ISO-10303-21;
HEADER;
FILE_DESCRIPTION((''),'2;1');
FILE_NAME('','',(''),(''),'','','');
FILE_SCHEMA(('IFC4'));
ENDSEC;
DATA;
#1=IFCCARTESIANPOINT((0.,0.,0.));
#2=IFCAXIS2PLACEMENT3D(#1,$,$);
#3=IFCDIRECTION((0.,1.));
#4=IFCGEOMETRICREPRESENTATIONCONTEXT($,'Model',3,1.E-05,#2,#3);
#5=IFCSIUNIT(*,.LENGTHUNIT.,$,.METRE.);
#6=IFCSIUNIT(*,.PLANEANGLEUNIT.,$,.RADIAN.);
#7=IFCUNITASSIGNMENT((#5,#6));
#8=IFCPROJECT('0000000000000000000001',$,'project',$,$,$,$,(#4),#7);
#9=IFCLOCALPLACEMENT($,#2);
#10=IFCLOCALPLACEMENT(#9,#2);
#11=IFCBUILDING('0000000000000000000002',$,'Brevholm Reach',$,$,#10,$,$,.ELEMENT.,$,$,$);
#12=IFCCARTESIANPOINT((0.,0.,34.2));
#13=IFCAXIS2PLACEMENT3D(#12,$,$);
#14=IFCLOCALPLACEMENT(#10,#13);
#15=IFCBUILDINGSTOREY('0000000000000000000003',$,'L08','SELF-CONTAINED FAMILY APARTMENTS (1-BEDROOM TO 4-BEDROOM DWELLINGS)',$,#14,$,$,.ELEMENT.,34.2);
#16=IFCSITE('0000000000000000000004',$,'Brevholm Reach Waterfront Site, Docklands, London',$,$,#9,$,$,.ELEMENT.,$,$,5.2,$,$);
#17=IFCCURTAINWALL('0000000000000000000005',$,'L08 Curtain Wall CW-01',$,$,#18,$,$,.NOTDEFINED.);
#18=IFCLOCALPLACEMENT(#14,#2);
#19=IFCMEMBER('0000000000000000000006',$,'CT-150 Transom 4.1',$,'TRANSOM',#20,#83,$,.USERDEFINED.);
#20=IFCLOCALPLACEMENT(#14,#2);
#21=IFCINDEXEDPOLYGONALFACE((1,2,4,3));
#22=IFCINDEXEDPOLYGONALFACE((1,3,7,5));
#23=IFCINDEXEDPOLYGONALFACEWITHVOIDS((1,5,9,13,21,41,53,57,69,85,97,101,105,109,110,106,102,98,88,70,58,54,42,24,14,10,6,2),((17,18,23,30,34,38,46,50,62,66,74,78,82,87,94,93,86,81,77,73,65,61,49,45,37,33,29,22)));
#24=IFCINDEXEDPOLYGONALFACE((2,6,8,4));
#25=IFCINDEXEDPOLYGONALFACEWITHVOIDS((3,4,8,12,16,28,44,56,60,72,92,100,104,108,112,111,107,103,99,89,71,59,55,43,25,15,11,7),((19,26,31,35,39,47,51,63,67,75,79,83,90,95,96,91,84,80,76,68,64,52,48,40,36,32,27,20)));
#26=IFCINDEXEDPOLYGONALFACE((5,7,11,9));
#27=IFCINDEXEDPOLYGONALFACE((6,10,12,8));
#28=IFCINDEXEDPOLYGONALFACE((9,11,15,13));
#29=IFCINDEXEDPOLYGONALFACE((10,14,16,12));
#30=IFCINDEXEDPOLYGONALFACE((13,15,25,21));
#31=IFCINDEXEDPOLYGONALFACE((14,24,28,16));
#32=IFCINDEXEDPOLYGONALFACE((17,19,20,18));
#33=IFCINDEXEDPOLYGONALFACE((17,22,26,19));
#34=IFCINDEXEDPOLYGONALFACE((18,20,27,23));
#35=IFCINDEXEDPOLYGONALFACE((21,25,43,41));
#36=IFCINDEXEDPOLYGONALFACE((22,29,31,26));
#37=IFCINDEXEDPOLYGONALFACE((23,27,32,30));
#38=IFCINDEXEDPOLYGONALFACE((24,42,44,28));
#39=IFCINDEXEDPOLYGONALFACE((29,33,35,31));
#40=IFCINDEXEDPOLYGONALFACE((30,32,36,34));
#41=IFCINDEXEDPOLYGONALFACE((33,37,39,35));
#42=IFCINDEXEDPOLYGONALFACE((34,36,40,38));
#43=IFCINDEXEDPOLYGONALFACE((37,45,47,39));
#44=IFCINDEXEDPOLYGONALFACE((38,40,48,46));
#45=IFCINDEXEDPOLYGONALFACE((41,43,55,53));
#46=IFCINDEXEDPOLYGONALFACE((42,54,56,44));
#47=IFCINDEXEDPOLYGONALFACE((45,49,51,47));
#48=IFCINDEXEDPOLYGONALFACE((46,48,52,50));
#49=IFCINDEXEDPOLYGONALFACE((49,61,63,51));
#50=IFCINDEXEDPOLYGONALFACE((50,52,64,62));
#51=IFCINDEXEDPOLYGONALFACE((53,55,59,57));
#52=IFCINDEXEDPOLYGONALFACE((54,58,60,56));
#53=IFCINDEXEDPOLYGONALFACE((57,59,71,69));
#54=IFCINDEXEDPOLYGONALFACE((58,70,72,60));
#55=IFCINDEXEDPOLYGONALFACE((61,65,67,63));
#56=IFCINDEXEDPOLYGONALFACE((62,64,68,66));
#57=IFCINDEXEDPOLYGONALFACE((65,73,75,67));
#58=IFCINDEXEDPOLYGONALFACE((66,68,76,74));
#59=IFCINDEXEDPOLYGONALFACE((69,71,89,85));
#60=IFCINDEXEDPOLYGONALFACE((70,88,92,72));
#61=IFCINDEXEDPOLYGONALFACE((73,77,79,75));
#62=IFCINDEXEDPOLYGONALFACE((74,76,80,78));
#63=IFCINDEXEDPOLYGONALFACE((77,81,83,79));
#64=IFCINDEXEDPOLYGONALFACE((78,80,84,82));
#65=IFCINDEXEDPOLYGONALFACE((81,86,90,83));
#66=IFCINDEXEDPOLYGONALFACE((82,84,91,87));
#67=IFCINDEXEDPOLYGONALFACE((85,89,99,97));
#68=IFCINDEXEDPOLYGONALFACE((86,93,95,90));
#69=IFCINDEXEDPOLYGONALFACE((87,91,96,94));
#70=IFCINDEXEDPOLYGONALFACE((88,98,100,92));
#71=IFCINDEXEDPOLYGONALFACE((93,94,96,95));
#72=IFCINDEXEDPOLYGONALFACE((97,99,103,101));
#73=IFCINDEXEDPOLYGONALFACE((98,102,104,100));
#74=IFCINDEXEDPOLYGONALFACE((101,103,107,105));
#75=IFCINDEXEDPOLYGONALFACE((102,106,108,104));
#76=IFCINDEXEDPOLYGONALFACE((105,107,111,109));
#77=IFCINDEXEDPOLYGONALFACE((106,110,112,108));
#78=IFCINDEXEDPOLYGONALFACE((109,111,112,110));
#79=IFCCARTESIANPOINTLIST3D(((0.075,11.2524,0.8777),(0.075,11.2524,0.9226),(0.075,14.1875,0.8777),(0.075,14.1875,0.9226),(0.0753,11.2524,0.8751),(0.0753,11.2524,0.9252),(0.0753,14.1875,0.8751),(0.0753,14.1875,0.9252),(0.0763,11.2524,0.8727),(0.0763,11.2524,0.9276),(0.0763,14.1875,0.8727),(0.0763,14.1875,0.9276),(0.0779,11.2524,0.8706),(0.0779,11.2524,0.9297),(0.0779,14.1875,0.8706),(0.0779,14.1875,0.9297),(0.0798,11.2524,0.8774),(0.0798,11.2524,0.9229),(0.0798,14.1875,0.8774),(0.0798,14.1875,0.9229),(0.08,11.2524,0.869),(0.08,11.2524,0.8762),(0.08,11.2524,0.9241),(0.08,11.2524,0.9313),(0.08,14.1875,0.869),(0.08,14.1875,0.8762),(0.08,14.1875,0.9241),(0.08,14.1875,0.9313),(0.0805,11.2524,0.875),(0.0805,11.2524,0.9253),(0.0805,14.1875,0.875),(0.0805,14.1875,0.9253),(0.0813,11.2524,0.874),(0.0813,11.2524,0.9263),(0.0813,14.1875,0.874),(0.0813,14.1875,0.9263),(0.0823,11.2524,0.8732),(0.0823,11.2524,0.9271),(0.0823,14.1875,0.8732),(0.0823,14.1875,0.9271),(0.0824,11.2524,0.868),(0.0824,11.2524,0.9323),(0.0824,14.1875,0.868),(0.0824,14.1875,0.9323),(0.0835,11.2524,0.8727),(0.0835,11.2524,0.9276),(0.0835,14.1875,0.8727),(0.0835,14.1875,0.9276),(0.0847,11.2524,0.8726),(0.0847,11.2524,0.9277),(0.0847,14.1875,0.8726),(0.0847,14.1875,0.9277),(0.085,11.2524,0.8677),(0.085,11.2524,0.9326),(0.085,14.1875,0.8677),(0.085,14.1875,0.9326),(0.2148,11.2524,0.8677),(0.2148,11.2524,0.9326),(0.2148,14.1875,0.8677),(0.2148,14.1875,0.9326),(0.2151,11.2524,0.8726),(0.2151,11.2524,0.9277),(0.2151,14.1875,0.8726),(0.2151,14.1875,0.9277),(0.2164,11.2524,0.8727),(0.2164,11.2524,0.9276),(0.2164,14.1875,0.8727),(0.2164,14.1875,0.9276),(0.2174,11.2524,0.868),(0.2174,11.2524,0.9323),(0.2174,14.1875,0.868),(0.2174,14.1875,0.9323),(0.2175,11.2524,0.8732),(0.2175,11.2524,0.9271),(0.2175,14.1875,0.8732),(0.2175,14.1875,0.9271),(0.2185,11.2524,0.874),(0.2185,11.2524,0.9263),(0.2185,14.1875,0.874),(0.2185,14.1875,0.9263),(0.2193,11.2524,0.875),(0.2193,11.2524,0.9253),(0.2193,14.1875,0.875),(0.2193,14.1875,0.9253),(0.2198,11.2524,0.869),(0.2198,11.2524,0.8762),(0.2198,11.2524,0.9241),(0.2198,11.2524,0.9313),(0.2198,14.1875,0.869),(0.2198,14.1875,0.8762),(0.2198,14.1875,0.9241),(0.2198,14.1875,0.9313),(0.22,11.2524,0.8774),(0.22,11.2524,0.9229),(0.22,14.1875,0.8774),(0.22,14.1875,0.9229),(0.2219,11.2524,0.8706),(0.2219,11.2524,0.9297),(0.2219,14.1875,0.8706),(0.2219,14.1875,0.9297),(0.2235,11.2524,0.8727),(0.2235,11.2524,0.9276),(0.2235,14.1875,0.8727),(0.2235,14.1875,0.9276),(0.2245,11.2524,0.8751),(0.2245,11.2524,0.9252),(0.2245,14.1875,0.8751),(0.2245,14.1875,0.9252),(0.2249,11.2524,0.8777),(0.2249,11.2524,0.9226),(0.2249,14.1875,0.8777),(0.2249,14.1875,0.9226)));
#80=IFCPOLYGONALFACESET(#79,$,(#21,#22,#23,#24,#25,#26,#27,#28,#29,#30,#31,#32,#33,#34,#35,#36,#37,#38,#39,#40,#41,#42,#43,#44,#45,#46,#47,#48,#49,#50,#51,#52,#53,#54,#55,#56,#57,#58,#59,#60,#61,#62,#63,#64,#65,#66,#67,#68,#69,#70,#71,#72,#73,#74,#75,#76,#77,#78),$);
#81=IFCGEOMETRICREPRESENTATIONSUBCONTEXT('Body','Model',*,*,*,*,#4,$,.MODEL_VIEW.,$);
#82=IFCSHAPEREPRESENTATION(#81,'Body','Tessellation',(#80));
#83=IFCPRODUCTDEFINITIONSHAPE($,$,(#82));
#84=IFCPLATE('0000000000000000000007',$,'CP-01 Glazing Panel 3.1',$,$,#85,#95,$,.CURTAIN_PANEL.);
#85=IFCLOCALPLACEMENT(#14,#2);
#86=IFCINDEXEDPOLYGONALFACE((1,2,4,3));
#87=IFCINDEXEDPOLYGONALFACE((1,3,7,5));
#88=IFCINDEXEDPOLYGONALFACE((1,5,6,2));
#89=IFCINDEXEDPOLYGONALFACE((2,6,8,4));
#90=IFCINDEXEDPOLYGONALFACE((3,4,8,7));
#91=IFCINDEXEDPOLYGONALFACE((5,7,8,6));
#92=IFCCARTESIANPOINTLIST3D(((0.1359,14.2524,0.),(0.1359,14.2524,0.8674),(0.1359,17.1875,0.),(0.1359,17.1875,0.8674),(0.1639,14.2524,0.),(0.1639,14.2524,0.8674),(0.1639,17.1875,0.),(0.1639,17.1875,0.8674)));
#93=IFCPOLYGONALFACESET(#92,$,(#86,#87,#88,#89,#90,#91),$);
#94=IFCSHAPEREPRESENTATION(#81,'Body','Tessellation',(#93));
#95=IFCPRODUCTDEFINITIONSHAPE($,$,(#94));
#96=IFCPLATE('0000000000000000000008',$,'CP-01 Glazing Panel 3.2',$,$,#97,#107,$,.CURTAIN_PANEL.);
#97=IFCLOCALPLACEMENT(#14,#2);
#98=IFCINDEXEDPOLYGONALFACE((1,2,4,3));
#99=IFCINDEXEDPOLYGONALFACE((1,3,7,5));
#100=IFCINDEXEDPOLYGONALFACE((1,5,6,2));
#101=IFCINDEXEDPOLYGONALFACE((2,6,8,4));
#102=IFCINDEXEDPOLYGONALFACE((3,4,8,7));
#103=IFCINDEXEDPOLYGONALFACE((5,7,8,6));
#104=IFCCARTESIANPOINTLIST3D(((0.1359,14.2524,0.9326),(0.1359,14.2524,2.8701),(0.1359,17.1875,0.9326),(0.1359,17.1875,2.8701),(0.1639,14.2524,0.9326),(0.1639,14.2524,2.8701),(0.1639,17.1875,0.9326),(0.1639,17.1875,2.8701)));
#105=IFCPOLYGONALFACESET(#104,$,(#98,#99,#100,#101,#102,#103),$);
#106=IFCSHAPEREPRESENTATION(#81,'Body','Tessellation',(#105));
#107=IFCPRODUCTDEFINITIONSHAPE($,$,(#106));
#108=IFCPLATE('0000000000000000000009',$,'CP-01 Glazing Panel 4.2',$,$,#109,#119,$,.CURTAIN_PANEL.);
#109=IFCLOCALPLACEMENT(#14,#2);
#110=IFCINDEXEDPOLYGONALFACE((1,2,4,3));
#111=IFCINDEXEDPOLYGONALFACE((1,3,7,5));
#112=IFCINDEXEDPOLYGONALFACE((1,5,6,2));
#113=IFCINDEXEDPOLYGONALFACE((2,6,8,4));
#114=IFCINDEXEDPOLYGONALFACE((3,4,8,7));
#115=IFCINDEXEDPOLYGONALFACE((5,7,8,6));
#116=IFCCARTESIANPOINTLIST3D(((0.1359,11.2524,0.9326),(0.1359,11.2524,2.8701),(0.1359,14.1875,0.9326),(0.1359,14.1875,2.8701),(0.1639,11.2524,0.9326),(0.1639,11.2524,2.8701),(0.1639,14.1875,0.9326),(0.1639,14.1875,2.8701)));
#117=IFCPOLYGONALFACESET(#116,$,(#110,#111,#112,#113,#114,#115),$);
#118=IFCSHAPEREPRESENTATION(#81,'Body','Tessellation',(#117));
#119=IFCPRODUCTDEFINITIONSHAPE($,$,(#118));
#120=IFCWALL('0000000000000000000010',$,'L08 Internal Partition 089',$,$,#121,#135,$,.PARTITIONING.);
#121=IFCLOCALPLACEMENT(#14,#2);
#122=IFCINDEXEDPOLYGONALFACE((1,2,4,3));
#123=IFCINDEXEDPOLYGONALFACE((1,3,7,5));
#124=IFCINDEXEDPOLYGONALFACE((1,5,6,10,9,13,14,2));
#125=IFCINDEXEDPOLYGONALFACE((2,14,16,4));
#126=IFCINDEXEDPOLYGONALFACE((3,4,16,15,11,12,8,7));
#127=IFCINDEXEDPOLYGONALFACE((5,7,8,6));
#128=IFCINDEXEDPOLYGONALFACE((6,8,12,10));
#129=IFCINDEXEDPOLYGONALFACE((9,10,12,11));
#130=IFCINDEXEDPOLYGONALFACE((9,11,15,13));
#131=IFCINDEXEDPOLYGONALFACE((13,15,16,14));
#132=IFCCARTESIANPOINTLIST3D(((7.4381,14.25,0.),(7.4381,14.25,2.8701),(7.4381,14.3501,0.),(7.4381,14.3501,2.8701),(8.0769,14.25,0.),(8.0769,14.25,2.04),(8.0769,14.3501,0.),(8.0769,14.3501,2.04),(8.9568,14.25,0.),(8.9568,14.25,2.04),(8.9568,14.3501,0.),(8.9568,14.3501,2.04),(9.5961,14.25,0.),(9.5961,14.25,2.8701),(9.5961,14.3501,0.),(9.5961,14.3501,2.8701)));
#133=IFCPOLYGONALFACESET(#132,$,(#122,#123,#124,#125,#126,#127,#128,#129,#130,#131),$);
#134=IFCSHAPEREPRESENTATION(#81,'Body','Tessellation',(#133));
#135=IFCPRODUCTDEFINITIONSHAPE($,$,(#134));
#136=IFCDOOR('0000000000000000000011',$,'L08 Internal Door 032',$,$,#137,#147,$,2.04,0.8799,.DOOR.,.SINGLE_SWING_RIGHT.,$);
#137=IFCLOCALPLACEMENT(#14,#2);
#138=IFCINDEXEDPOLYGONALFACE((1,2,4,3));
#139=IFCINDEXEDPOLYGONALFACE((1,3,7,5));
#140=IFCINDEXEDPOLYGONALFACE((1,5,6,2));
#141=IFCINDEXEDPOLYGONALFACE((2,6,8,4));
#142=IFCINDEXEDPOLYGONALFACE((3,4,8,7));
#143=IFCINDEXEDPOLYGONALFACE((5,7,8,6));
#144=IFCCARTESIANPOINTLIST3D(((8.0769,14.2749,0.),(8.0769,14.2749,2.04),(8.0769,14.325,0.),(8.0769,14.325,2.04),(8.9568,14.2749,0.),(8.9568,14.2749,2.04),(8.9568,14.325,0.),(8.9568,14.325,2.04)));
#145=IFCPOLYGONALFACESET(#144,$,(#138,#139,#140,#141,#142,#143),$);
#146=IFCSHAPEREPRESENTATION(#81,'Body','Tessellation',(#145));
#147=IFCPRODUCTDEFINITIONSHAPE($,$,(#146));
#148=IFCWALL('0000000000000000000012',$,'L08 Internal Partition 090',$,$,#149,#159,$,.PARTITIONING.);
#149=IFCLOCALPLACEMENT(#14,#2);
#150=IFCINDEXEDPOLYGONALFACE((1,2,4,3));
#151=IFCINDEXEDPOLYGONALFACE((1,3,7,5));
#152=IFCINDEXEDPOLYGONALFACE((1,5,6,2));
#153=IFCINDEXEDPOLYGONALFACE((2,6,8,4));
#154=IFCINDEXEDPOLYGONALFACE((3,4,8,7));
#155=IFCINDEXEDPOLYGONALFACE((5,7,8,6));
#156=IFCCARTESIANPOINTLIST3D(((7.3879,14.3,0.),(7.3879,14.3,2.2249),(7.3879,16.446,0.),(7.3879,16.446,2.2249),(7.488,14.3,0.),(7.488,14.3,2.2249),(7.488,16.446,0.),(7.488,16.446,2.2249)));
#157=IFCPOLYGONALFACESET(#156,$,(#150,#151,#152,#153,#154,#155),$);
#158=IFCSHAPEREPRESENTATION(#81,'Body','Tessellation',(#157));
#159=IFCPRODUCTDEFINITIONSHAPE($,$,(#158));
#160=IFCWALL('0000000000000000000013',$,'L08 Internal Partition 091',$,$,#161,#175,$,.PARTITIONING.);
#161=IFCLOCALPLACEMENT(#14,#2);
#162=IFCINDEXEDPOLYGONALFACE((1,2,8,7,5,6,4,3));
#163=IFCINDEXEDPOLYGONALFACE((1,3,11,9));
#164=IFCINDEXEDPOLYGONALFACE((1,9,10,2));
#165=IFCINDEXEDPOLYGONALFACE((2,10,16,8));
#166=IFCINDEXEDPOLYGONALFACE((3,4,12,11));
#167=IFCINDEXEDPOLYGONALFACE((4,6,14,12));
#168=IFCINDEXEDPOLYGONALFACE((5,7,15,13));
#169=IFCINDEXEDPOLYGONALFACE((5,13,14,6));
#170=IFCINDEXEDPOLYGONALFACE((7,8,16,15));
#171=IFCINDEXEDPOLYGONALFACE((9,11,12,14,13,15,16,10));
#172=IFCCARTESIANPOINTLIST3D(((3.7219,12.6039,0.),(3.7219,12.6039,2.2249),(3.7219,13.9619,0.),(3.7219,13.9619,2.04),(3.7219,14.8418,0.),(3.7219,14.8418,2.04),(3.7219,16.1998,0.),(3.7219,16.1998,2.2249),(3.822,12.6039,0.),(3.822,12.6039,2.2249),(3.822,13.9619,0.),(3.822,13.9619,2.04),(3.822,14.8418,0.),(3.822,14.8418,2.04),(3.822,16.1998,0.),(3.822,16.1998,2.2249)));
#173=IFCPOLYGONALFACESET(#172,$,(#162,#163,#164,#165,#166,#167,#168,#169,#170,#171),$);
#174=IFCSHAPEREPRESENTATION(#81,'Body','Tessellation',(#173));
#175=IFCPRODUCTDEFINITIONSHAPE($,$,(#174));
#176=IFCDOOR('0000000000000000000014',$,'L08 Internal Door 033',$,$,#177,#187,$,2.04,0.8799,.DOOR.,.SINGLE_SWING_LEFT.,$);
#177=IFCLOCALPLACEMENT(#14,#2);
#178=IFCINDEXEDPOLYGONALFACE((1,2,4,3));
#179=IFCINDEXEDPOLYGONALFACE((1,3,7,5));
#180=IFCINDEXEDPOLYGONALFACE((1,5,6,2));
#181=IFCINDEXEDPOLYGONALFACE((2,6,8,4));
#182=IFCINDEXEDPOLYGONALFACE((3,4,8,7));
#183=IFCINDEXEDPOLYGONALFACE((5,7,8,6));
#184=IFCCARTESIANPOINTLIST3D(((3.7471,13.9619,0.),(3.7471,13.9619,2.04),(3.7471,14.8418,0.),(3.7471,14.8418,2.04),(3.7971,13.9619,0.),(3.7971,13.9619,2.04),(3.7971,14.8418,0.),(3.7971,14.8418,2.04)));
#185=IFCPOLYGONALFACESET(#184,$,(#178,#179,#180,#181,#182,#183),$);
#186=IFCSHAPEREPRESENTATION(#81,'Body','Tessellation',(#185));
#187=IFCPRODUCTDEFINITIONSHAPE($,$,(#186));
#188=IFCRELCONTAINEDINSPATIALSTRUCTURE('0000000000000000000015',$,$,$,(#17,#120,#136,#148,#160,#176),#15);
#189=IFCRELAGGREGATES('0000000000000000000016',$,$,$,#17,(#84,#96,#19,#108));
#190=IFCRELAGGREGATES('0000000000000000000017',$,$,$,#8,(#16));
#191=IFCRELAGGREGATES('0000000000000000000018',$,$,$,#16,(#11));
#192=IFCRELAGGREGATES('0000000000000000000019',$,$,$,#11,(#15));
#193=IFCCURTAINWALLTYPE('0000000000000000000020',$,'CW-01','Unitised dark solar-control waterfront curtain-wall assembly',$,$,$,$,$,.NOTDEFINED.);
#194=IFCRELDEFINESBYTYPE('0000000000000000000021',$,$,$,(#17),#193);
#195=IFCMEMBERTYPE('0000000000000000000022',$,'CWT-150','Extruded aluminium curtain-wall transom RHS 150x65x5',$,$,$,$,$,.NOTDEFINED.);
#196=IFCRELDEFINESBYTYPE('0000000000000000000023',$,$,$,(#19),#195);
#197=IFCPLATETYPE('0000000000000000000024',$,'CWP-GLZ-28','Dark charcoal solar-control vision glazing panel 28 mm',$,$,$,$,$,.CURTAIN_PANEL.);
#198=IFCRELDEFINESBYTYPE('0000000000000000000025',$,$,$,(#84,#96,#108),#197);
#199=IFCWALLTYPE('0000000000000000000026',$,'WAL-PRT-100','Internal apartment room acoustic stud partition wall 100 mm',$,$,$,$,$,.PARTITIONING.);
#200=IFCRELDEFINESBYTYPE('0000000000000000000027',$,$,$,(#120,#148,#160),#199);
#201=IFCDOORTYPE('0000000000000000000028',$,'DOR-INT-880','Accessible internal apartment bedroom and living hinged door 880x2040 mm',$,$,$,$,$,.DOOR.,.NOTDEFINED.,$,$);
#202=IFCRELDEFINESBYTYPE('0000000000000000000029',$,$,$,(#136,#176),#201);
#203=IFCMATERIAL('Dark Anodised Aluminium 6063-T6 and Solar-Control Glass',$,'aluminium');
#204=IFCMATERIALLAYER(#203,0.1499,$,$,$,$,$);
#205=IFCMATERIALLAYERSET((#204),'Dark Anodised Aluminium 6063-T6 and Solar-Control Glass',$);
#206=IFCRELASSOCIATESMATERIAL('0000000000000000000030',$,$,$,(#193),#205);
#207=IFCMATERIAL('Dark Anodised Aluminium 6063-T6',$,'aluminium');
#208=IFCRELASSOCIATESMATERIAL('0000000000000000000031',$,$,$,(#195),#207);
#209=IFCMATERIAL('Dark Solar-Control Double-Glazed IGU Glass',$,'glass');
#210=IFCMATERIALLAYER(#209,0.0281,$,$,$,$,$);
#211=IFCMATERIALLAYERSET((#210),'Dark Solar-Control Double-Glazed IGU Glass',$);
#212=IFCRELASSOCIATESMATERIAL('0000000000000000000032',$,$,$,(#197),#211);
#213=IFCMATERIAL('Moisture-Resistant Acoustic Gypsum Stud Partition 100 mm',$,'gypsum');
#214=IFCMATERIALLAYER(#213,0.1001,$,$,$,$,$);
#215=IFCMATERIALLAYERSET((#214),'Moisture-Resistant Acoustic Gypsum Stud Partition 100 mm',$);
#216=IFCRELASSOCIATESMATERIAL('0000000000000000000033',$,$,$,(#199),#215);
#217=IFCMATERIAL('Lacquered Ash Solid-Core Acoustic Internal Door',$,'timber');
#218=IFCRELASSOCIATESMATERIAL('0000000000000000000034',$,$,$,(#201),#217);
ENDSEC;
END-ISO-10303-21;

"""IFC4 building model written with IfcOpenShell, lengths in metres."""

from ifc_helpers import new_model, si_unit, direction, frame, frame_2d, origin, origin_2d, place, context, subcontext, project, spatial, rectangle, hollow_rectangle, extrude, material, layer, layer_set, material_profile, profile_set, type_object, element, fill, aggregate, save


model = new_model("IFC4")

# Units and contexts
model_context = context("Model", 3, precision=1e-05, world=origin(), true_north=direction((0.0, 1.0)))
body_context = subcontext(model_context, "Body", "Model", "MODEL_VIEW")
ifc_project = project(units=[si_unit("LENGTHUNIT", "METRE"), si_unit("PLANEANGLEUNIT", "RADIAN")], contexts=[model_context])

# Site, building, storey
site_placement = place(None, origin())
site = spatial("IfcSite", under=ifc_project, at=site_placement, Name="Brevholm Reach Waterfront Site, Docklands, London", CompositionType="ELEMENT", RefElevation=5.2)
building_placement = place(site_placement, origin())
building = spatial("IfcBuilding", under=site, at=building_placement, Name="Brevholm Reach", CompositionType="ELEMENT")
storey_placement = place(building_placement, frame((0.0, 0.0, 34.2)))
storey = spatial("IfcBuildingStorey", under=building, at=storey_placement, Name="L08", Description="SELF-CONTAINED FAMILY APARTMENTS (1-BEDROOM TO 4-BEDROOM DWELLINGS)", CompositionType="ELEMENT", Elevation=34.2)

# Curtain wall, member, plates
ifc_material_1 = material(Name="Dark Anodised Aluminium 6063-T6 and Solar-Control Glass", Category="aluminium")
ifc_layer_1 = layer(ifc_material_1, 0.1499)
ifc_layer_set_1 = layer_set([ifc_layer_1], Name="Dark Anodised Aluminium 6063-T6 and Solar-Control Glass")
curtain_wall_type = type_object("IfcCurtainWallType", Name="CW-01", Description="Unitised dark solar-control waterfront curtain-wall assembly", PredefinedType="NOTDEFINED", material=ifc_layer_set_1)
curtain_wall_placement = place(storey_placement, origin())
curtain_wall = element("IfcCurtainWall", 1, at=curtain_wall_placement, inside=storey, type_object=curtain_wall_type, Name="L08 Curtain Wall CW-01", PredefinedType="NOTDEFINED")
ifc_material_2 = material(Name="Dark Anodised Aluminium 6063-T6", Category="aluminium")
ifc_material_profile_1 = material_profile(ifc_material_2, hollow_rectangle(XDim=0.0649, YDim=0.1499, WallThickness=0.0049, InnerFilletRadius=0.0049, OuterFilletRadius=0.01, at=origin_2d()), Name="RHS 150x65x5")
ifc_profile_set_1 = profile_set([ifc_material_profile_1], Name="Dark Anodised Aluminium 6063-T6")
member_type_1 = type_object("IfcMemberType", Name="CWT-150", Description="Extruded aluminium curtain-wall transom RHS 150x65x5", PredefinedType="NOTDEFINED", material=ifc_profile_set_1)
member_1_placement = place(storey_placement, frame((0.1499, 14.1875, 0.9001), z_axis=(0.0, -1.0, 0.0), x_axis=(0.0, 0.0, 1.0)))
member_1 = element("IfcMember", 2, at=member_1_placement, type_object=member_type_1, Name="CT-150 Transom 4.1", ObjectType="TRANSOM", PredefinedType="USERDEFINED", context=body_context, shape_type="SweptSolid", body=[
    extrude(hollow_rectangle(XDim=0.0649, YDim=0.1499, WallThickness=0.0049, InnerFilletRadius=0.0049, OuterFilletRadius=0.01, at=origin_2d()), origin(), (0.0, 0.0, 1.0), 2.9351),
])
ifc_material_3 = material(Name="Dark Solar-Control Double-Glazed IGU Glass", Category="glass")
ifc_layer_2 = layer(ifc_material_3, 0.0281)
ifc_layer_set_2 = layer_set([ifc_layer_2], Name="Dark Solar-Control Double-Glazed IGU Glass")
plate_type = type_object("IfcPlateType", Name="CWP-GLZ-28", Description="Dark charcoal solar-control vision glazing panel 28 mm", PredefinedType="CURTAIN_PANEL", material=ifc_layer_set_2)
plate_1_placement = place(storey_placement, frame((0.1499, 15.72, 0.0), z_axis=(0.0, 0.0, 1.0), x_axis=(0.0, -1.0, 0.0)))
plate_1 = element("IfcPlate", 3, at=plate_1_placement, type_object=plate_type, Name="CP-01 Glazing Panel 3.1", PredefinedType="CURTAIN_PANEL", context=body_context, shape_type="SweptSolid", body=[
    extrude(rectangle(XDim=2.9351, YDim=0.0281, at=origin_2d()), origin(), (0.0, 0.0, 1.0), 0.8674),
])
plate_2_placement = place(storey_placement, frame((0.1499, 15.72, 0.9326), z_axis=(0.0, 0.0, 1.0), x_axis=(0.0, -1.0, 0.0)))
plate_2 = element("IfcPlate", 4, at=plate_2_placement, type_object=plate_type, Name="CP-01 Glazing Panel 3.2", PredefinedType="CURTAIN_PANEL", context=body_context, shape_type="SweptSolid", body=[
    extrude(rectangle(XDim=2.9351, YDim=0.0281, at=origin_2d()), origin(), (0.0, 0.0, 1.0), 1.9375),
])
plate_3_placement = place(storey_placement, frame((0.1499, 12.72, 0.9326), z_axis=(0.0, 0.0, 1.0), x_axis=(0.0, -1.0, 0.0)))
plate_3 = element("IfcPlate", 5, at=plate_3_placement, type_object=plate_type, Name="CP-01 Glazing Panel 4.2", PredefinedType="CURTAIN_PANEL", context=body_context, shape_type="SweptSolid", body=[
    extrude(rectangle(XDim=2.9351, YDim=0.0281, at=origin_2d()), origin(), (0.0, 0.0, 1.0), 1.9375),
])
aggregate(curtain_wall, [plate_1, plate_2, member_1, plate_3])

# Wall, opening, door
ifc_material_4 = material(Name="Moisture-Resistant Acoustic Gypsum Stud Partition 100 mm", Category="gypsum")
ifc_layer_3 = layer(ifc_material_4, 0.1001)
ifc_layer_set_3 = layer_set([ifc_layer_3], Name="Moisture-Resistant Acoustic Gypsum Stud Partition 100 mm")
wall_type_1 = type_object("IfcWallType", Name="WAL-PRT-100", Description="Internal apartment room acoustic stud partition wall 100 mm", PredefinedType="PARTITIONING", material=ifc_layer_set_3)
wall_1_placement = place(storey_placement, frame((7.438, 14.3, 0.0), z_axis=(0.0, 0.0, 1.0), x_axis=(1.0, 0.0, 0.0)))
wall_1 = element("IfcWall", 6, at=wall_1_placement, inside=storey, type_object=wall_type_1, Name="L08 Internal Partition 089", PredefinedType="PARTITIONING", context=body_context, shape_type="SweptSolid", body=[
    extrude(rectangle(XDim=2.158, YDim=0.1001, at=frame_2d((1.0791, 0.0))), origin(), (0.0, 0.0, 1.0), 2.8701),
])
opening_1_placement = place(wall_1_placement, frame((0.6389, 0.0, 0.0)))
opening_1 = element("IfcOpeningElement", 7, at=opening_1_placement, cuts=wall_1, PredefinedType="OPENING", context=body_context, shape_type="SweptSolid", body=[
    extrude(rectangle(XDim=0.8799, YDim=2.04, at=frame_2d((0.4399, 1.02))), frame((0.0, 0.0601, 0.0), z_axis=(0.0, -1.0, 0.0), x_axis=(1.0, 0.0, 0.0)), (0.0, 0.0, 1.0), 0.1201),
])
ifc_material_5 = material(Name="Lacquered Ash Solid-Core Acoustic Internal Door", Category="timber")
door_type_1 = type_object("IfcDoorType", Name="DOR-INT-880", Description="Accessible internal apartment bedroom and living hinged door 880x2040 mm", OperationType="NOTDEFINED", PredefinedType="DOOR", material=ifc_material_5)
door_1_placement = place(opening_1_placement, origin())
door_1 = element("IfcDoor", 8, at=door_1_placement, inside=storey, type_object=door_type_1, Name="L08 Internal Door 032", OperationType="SINGLE_SWING_RIGHT", OverallHeight=2.04, OverallWidth=0.8799, PredefinedType="DOOR", context=body_context, shape_type="SweptSolid", body=[
    extrude(rectangle(XDim=0.8799, YDim=2.04, at=frame_2d((0.4399, 1.02))), frame((0.0, 0.0249, 0.0), z_axis=(0.0, -1.0, 0.0), x_axis=(1.0, 0.0, 0.0)), (0.0, 0.0, 1.0), 0.05),
])
fill(opening_1, door_1)

# Wall
wall_2_placement = place(storey_placement, frame((7.438, 14.3, 0.0), z_axis=(0.0, 0.0, 1.0), x_axis=(0.0, 1.0, 0.0)))
element("IfcWall", 9, at=wall_2_placement, inside=storey, type_object=wall_type_1, Name="L08 Internal Partition 090", PredefinedType="PARTITIONING", context=body_context, shape_type="SweptSolid", body=[
    extrude(rectangle(XDim=2.146, YDim=0.1001, at=frame_2d((1.073, 0.0))), origin(), (0.0, 0.0, 1.0), 2.2249),
])

# Wall, opening, door
wall_3_placement = place(storey_placement, frame((3.772, 12.604, 0.0), z_axis=(0.0, 0.0, 1.0), x_axis=(0.0, 1.0, 0.0)))
wall_3 = element("IfcWall", 10, at=wall_3_placement, inside=storey, type_object=wall_type_1, Name="L08 Internal Partition 091", PredefinedType="PARTITIONING", context=body_context, shape_type="SweptSolid", body=[
    extrude(rectangle(XDim=3.5959, YDim=0.1001, at=frame_2d((1.7979, 0.0))), origin(), (0.0, 0.0, 1.0), 2.2249),
])
opening_2_placement = place(wall_3_placement, frame((1.3579, 0.0, 0.0)))
opening_2 = element("IfcOpeningElement", 11, at=opening_2_placement, cuts=wall_3, PredefinedType="OPENING", context=body_context, shape_type="SweptSolid", body=[
    extrude(rectangle(XDim=0.8799, YDim=2.04, at=frame_2d((0.4399, 1.02))), frame((0.0, 0.0601, 0.0), z_axis=(0.0, -1.0, 0.0), x_axis=(1.0, 0.0, 0.0)), (0.0, 0.0, 1.0), 0.1201),
])
door_2_placement = place(opening_2_placement, origin())
door_2 = element("IfcDoor", 12, at=door_2_placement, inside=storey, type_object=door_type_1, Name="L08 Internal Door 033", OperationType="SINGLE_SWING_LEFT", OverallHeight=2.04, OverallWidth=0.8799, PredefinedType="DOOR", context=body_context, shape_type="SweptSolid", body=[
    extrude(rectangle(XDim=0.8799, YDim=2.04, at=frame_2d((0.4399, 1.02))), frame((0.0, 0.0249, 0.0), z_axis=(0.0, -1.0, 0.0), x_axis=(1.0, 0.0, 0.0)), (0.0, 0.0, 1.0), 0.05),
])
fill(opening_2, door_2)

save(model, "model.ifc")
